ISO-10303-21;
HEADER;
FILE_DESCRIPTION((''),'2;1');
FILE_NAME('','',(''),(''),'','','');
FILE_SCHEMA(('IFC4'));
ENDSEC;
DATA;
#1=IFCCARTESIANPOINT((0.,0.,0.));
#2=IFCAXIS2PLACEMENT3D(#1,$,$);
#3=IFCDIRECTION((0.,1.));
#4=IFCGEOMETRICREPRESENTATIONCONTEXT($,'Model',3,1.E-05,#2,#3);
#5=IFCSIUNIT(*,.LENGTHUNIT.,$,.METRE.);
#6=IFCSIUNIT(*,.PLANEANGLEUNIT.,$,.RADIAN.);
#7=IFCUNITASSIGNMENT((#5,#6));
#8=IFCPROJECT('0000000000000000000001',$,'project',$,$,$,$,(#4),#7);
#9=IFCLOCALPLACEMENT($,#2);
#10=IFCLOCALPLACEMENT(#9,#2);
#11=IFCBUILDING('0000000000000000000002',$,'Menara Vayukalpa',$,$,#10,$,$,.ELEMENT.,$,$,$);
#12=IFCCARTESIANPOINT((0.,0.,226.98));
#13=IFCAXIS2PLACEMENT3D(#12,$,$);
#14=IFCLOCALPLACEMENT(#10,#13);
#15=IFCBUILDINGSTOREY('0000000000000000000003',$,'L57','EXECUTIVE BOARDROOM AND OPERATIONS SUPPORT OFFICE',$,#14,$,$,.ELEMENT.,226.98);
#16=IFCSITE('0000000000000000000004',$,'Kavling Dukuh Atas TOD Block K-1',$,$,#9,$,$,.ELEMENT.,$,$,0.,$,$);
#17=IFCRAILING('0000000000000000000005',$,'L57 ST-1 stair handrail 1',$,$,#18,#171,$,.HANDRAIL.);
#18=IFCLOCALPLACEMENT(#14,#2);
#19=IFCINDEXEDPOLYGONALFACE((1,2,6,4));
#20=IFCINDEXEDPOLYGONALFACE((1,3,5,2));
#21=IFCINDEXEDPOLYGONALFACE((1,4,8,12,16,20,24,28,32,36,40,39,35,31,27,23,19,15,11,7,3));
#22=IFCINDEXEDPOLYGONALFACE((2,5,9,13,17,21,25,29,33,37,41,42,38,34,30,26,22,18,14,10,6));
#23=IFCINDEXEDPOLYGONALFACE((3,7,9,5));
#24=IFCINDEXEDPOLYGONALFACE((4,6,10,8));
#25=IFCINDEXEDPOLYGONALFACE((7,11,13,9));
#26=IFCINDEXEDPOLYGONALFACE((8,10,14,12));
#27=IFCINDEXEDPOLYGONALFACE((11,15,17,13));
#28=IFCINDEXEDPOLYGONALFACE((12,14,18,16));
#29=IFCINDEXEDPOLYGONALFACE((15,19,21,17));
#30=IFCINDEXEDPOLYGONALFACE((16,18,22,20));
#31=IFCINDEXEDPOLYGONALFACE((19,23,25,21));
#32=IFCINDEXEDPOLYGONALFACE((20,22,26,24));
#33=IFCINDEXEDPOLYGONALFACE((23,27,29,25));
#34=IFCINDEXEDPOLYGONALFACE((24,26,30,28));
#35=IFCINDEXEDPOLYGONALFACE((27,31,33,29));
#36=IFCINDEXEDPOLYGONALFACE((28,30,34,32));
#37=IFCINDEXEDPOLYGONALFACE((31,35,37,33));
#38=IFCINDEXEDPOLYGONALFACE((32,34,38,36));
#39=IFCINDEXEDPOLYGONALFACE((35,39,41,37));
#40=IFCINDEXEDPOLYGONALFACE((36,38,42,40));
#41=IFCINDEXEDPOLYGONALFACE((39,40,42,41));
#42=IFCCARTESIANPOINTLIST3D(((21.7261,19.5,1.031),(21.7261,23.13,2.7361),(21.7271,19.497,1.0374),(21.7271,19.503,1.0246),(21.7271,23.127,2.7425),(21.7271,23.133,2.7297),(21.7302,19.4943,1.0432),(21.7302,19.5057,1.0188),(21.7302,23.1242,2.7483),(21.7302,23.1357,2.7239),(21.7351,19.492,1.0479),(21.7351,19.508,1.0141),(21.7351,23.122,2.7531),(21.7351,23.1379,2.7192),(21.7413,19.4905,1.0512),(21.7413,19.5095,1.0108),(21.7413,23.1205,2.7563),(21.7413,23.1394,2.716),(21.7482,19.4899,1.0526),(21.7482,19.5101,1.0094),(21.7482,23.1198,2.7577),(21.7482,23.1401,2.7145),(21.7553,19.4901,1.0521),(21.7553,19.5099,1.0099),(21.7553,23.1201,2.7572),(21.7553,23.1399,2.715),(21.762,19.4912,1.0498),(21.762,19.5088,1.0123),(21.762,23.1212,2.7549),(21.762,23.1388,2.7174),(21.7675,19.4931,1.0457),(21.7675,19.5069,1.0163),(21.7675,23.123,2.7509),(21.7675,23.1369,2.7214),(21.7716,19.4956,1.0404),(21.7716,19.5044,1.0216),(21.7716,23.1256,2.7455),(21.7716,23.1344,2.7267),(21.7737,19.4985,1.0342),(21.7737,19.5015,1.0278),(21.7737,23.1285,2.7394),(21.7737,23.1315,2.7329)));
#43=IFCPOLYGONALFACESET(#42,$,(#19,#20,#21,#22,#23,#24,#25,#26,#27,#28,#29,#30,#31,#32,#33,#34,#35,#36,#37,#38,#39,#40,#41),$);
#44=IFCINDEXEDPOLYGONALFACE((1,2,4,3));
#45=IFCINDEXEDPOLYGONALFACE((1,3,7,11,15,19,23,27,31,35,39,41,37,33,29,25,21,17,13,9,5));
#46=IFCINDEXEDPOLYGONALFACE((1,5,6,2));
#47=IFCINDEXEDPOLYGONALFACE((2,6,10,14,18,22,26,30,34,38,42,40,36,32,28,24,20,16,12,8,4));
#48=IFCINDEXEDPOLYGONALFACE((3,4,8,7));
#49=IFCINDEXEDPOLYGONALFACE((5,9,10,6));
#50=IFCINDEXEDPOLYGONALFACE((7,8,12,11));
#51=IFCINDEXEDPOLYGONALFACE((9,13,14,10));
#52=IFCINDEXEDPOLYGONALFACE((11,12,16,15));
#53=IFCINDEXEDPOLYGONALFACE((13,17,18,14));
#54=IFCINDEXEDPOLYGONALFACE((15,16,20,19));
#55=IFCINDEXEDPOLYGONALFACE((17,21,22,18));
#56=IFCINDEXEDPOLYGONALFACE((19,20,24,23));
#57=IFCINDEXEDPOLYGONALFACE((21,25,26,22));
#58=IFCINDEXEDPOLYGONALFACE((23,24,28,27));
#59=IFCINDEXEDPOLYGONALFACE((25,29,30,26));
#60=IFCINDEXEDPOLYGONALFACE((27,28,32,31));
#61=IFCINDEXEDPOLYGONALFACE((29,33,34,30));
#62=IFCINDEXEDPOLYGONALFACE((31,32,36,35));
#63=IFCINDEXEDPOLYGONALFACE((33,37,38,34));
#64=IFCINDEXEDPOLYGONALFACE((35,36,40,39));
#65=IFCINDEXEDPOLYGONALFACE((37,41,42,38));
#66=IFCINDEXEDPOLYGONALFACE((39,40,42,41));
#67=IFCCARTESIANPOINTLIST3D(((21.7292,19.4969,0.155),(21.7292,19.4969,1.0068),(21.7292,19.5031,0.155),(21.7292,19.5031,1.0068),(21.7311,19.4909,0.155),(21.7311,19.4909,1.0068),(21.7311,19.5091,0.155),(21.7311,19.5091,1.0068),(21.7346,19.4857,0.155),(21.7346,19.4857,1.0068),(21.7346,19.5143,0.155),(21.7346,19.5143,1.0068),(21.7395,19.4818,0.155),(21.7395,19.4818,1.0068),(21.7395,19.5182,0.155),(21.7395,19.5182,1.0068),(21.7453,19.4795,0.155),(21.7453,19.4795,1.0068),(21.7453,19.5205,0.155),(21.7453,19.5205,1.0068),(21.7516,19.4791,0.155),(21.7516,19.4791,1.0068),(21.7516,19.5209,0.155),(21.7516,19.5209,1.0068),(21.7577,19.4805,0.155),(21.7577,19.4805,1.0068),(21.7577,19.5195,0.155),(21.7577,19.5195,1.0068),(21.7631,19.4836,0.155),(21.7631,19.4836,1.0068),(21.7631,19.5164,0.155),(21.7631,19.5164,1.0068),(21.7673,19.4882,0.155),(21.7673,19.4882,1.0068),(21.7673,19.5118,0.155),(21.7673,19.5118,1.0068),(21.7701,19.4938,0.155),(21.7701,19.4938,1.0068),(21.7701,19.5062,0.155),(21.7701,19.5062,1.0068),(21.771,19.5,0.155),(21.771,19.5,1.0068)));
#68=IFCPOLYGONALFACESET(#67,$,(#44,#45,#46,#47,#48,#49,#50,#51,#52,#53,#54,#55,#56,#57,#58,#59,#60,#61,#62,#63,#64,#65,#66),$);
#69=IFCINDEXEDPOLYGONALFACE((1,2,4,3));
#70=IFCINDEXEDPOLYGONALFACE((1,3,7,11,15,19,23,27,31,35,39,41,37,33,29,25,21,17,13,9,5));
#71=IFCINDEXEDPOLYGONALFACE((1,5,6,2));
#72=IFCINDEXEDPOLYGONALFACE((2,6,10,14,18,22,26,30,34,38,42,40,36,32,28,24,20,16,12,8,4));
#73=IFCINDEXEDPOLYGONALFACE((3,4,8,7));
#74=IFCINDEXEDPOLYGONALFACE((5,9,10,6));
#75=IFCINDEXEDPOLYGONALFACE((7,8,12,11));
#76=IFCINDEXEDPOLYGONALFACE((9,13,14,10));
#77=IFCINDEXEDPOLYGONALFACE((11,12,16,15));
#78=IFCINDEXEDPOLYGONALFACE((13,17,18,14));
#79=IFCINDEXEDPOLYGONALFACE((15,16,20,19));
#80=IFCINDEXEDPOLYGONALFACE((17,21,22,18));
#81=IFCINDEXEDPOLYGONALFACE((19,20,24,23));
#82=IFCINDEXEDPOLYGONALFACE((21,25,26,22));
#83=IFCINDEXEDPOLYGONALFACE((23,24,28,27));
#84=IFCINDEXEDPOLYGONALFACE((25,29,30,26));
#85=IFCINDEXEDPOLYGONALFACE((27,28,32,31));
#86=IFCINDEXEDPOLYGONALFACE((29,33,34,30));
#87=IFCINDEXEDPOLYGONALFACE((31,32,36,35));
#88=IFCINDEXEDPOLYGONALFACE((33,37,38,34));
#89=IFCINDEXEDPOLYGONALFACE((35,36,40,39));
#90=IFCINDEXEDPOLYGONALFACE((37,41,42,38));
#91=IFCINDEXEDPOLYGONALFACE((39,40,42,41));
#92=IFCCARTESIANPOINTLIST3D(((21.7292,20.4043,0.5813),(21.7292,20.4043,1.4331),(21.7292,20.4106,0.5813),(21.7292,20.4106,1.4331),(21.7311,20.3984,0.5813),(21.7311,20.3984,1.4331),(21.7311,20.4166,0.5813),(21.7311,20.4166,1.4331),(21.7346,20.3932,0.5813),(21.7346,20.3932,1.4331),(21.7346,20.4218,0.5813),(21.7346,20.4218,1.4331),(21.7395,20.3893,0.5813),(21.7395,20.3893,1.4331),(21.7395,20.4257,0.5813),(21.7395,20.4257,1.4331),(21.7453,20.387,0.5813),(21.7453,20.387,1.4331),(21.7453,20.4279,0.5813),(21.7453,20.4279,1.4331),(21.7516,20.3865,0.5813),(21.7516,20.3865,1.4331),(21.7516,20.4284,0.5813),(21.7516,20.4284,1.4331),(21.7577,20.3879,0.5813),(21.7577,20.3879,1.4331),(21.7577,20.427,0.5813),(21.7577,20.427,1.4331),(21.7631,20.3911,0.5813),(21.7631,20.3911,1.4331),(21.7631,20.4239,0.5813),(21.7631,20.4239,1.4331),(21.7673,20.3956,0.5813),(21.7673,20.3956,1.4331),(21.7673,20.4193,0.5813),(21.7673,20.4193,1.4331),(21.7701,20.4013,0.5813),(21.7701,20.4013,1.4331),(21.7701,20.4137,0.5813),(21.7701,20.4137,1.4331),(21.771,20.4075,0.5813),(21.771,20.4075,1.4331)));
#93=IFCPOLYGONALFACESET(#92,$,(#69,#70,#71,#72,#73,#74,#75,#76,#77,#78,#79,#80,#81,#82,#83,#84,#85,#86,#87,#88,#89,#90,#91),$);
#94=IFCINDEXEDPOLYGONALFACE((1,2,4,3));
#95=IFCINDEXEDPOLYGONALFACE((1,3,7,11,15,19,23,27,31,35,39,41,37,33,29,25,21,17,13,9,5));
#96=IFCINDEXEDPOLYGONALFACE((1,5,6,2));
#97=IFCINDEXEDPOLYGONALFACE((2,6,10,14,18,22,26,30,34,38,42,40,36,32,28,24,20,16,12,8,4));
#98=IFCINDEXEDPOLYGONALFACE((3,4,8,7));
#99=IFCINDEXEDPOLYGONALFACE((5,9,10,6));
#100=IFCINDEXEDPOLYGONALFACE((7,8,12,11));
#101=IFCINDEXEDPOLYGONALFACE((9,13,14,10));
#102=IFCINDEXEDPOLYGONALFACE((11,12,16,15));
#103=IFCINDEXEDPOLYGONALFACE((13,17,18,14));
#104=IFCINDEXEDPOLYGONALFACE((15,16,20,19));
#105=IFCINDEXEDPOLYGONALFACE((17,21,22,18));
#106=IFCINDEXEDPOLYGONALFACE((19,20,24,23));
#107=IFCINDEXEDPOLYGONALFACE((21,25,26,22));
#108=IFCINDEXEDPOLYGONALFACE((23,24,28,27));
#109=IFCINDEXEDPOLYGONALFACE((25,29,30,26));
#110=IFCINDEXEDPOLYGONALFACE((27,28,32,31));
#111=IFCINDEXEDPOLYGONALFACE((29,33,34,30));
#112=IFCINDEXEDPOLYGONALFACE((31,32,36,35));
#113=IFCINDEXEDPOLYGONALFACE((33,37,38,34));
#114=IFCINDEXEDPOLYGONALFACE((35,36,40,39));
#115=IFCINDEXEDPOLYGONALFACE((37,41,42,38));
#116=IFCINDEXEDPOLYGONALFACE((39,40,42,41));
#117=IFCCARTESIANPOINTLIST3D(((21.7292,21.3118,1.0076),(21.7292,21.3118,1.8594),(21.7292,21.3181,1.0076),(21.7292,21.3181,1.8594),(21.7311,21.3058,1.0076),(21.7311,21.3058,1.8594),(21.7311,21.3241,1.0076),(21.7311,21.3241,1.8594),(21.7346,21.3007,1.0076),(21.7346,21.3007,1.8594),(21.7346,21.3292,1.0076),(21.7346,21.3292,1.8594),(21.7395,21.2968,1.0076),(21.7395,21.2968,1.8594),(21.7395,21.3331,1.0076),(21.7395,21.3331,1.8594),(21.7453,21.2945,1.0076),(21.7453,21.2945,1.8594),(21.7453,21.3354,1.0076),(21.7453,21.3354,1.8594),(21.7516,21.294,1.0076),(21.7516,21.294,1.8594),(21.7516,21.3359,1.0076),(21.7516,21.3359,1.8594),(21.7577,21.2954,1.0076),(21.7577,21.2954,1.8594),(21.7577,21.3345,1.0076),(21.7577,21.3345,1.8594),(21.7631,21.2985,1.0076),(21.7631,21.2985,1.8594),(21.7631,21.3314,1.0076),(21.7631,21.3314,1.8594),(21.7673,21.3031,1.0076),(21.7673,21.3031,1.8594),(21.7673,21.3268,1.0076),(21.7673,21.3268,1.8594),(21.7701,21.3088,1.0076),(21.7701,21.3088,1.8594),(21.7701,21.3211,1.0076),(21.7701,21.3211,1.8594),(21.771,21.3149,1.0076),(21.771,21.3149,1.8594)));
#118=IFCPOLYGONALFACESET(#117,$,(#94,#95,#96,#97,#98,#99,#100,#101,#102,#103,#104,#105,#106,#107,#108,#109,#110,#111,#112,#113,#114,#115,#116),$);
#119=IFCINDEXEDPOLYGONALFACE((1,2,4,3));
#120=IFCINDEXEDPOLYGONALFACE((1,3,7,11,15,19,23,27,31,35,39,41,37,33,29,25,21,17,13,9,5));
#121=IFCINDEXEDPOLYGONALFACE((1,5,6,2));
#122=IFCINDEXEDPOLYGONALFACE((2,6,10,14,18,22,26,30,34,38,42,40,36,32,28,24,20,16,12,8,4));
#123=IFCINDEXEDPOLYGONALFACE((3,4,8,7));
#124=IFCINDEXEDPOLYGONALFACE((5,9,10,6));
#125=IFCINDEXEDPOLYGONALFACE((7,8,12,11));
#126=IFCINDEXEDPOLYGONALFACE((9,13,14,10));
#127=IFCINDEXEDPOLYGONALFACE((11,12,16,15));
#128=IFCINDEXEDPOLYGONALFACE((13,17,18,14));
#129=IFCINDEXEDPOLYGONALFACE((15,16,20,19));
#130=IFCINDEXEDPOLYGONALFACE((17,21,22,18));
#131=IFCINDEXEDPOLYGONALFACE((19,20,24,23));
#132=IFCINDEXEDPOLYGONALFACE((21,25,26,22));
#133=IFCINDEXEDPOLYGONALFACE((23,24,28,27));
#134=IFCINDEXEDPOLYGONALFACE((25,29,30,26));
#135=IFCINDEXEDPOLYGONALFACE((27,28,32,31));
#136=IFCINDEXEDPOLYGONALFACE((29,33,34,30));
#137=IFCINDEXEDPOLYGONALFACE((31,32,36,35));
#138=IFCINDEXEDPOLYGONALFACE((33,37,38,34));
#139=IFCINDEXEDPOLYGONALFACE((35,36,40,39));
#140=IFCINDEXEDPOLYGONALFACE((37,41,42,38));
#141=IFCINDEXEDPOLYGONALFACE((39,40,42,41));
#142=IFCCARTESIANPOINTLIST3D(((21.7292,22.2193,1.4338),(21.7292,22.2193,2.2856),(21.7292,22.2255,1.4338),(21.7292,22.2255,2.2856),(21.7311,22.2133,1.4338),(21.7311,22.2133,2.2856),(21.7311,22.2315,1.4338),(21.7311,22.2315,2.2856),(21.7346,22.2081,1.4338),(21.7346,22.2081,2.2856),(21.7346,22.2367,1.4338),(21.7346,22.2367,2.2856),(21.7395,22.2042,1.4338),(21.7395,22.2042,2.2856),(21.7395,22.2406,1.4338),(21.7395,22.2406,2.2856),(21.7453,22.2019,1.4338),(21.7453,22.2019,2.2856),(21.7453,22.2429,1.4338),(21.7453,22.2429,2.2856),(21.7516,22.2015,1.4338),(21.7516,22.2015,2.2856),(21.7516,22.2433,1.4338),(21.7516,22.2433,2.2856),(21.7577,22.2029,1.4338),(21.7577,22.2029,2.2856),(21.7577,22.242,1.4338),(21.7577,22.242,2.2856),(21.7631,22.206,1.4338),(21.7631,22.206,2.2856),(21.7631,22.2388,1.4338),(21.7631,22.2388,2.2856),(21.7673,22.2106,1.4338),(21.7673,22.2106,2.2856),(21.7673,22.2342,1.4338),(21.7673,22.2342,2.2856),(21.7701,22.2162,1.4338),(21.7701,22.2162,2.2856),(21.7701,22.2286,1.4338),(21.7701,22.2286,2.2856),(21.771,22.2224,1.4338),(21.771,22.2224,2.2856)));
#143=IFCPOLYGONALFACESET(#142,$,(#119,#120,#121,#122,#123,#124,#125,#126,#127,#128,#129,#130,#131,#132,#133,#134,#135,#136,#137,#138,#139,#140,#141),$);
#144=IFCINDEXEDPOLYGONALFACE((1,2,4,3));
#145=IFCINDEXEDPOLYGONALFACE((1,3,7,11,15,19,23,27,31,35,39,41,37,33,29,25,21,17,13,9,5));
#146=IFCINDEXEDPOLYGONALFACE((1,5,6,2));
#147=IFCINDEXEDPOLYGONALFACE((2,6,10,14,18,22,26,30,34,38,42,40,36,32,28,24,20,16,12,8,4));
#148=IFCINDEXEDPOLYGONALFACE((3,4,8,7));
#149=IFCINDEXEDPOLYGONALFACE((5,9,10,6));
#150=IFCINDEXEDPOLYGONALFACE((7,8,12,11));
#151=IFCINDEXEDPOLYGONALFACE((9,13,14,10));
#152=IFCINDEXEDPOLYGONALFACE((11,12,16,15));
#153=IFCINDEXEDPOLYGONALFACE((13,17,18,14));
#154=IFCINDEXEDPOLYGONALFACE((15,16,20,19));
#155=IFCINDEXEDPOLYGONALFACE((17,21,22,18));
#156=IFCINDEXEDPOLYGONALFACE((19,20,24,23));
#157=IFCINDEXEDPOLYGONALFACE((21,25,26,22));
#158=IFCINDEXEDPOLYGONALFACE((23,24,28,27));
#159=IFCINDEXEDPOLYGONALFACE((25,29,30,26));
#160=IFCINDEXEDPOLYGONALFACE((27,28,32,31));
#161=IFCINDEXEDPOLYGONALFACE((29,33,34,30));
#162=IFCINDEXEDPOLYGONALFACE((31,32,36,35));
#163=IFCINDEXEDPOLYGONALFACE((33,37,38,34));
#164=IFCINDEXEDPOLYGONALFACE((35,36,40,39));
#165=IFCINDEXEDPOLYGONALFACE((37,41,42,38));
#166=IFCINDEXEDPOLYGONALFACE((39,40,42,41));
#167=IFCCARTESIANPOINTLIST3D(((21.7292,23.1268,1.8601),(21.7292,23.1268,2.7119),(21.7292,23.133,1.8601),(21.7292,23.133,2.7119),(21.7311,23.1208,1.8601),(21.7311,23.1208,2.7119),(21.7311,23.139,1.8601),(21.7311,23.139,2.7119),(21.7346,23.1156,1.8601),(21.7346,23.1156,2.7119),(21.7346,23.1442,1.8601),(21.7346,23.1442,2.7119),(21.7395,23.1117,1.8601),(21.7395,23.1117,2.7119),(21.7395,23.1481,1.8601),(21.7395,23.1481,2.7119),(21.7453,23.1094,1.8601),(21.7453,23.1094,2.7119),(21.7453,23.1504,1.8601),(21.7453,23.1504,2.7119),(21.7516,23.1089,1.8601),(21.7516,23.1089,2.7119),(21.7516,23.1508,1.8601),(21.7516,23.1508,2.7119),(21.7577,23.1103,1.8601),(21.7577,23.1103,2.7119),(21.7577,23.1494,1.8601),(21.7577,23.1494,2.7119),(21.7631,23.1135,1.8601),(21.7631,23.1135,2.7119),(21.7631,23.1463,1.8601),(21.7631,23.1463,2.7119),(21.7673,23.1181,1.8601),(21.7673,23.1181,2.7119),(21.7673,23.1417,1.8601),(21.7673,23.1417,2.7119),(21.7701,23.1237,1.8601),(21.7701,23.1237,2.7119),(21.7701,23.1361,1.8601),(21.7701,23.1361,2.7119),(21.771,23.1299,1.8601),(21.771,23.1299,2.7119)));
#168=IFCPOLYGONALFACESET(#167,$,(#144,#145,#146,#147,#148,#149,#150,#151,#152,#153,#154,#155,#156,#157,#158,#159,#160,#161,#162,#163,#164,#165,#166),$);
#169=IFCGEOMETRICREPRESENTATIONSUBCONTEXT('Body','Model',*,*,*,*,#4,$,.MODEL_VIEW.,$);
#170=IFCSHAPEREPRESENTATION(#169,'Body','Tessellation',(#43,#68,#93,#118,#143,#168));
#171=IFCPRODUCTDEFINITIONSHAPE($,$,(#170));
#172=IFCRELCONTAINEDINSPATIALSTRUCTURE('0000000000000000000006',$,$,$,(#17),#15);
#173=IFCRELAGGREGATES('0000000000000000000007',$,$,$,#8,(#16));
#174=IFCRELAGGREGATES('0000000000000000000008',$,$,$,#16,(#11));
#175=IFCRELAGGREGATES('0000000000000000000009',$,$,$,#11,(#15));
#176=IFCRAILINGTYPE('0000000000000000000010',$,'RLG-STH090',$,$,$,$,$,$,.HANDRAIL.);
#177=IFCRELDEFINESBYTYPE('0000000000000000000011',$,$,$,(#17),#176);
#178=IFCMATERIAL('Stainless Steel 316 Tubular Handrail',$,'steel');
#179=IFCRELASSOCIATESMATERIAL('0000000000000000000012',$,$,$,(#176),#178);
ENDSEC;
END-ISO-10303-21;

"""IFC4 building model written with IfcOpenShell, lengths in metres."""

from ifc_helpers import new_model, si_unit, direction, frame, origin, origin_2d, place, context, subcontext, project, spatial, circle, extrude, material, type_object, element, save


model = new_model("IFC4")

# Units and contexts
model_context = context("Model", 3, precision=1e-05, world=origin(), true_north=direction((0.0, 1.0)))
body_context = subcontext(model_context, "Body", "Model", "MODEL_VIEW")
ifc_project = project(units=[si_unit("LENGTHUNIT", "METRE"), si_unit("PLANEANGLEUNIT", "RADIAN")], contexts=[model_context])

# Site, building, storey
site_placement = place(None, origin())
site = spatial("IfcSite", under=ifc_project, at=site_placement, Name="Kavling Dukuh Atas TOD Block K-1", CompositionType="ELEMENT", RefElevation=0.0)
building_placement = place(site_placement, origin())
building = spatial("IfcBuilding", under=site, at=building_placement, Name="Menara Vayukalpa", CompositionType="ELEMENT")
storey_placement = place(building_placement, frame((0.0, 0.0, 226.98)))
storey = spatial("IfcBuildingStorey", under=building, at=storey_placement, Name="L57", Description="EXECUTIVE BOARDROOM AND OPERATIONS SUPPORT OFFICE", CompositionType="ELEMENT", Elevation=226.98)

# Railing
ifc_material_1 = material(Name="Stainless Steel 316 Tubular Handrail", Category="steel")
railing_type_1 = type_object("IfcRailingType", Name="RLG-STH090", PredefinedType="HANDRAIL", material=ifc_material_1)
railing_1_placement = place(storey_placement, frame((21.75, 19.5, 0.155)))
element("IfcRailing", 1, at=railing_1_placement, inside=storey, type_object=railing_type_1, Name="L57 ST-1 stair handrail 1", PredefinedType="HANDRAIL", context=body_context, shape_type="SweptSolid", body=[
    extrude(circle(Radius=0.0239, at=origin_2d()), frame((0.0, 0.0, 0.876), z_axis=(0.0, 0.905116, 0.425164), x_axis=(-1.0, 0.0, 0.0)), (0.0, 0.0, 1.0), 4.0105),
    extrude(circle(Radius=0.021, at=origin_2d()), origin(), (0.0, 0.0, 1.0), 0.8518),
    extrude(circle(Radius=0.021, at=origin_2d()), frame((0.0, 0.9075, 0.4263)), (0.0, 0.0, 1.0), 0.8518),
    extrude(circle(Radius=0.021, at=origin_2d()), frame((0.0, 1.8149, 0.8525)), (0.0, 0.0, 1.0), 0.8518),
    extrude(circle(Radius=0.021, at=origin_2d()), frame((0.0, 2.7224, 1.2788)), (0.0, 0.0, 1.0), 0.8518),
    extrude(circle(Radius=0.021, at=origin_2d()), frame((0.0, 3.6299, 1.7051)), (0.0, 0.0, 1.0), 0.8518),
])

save(model, "model.ifc")
